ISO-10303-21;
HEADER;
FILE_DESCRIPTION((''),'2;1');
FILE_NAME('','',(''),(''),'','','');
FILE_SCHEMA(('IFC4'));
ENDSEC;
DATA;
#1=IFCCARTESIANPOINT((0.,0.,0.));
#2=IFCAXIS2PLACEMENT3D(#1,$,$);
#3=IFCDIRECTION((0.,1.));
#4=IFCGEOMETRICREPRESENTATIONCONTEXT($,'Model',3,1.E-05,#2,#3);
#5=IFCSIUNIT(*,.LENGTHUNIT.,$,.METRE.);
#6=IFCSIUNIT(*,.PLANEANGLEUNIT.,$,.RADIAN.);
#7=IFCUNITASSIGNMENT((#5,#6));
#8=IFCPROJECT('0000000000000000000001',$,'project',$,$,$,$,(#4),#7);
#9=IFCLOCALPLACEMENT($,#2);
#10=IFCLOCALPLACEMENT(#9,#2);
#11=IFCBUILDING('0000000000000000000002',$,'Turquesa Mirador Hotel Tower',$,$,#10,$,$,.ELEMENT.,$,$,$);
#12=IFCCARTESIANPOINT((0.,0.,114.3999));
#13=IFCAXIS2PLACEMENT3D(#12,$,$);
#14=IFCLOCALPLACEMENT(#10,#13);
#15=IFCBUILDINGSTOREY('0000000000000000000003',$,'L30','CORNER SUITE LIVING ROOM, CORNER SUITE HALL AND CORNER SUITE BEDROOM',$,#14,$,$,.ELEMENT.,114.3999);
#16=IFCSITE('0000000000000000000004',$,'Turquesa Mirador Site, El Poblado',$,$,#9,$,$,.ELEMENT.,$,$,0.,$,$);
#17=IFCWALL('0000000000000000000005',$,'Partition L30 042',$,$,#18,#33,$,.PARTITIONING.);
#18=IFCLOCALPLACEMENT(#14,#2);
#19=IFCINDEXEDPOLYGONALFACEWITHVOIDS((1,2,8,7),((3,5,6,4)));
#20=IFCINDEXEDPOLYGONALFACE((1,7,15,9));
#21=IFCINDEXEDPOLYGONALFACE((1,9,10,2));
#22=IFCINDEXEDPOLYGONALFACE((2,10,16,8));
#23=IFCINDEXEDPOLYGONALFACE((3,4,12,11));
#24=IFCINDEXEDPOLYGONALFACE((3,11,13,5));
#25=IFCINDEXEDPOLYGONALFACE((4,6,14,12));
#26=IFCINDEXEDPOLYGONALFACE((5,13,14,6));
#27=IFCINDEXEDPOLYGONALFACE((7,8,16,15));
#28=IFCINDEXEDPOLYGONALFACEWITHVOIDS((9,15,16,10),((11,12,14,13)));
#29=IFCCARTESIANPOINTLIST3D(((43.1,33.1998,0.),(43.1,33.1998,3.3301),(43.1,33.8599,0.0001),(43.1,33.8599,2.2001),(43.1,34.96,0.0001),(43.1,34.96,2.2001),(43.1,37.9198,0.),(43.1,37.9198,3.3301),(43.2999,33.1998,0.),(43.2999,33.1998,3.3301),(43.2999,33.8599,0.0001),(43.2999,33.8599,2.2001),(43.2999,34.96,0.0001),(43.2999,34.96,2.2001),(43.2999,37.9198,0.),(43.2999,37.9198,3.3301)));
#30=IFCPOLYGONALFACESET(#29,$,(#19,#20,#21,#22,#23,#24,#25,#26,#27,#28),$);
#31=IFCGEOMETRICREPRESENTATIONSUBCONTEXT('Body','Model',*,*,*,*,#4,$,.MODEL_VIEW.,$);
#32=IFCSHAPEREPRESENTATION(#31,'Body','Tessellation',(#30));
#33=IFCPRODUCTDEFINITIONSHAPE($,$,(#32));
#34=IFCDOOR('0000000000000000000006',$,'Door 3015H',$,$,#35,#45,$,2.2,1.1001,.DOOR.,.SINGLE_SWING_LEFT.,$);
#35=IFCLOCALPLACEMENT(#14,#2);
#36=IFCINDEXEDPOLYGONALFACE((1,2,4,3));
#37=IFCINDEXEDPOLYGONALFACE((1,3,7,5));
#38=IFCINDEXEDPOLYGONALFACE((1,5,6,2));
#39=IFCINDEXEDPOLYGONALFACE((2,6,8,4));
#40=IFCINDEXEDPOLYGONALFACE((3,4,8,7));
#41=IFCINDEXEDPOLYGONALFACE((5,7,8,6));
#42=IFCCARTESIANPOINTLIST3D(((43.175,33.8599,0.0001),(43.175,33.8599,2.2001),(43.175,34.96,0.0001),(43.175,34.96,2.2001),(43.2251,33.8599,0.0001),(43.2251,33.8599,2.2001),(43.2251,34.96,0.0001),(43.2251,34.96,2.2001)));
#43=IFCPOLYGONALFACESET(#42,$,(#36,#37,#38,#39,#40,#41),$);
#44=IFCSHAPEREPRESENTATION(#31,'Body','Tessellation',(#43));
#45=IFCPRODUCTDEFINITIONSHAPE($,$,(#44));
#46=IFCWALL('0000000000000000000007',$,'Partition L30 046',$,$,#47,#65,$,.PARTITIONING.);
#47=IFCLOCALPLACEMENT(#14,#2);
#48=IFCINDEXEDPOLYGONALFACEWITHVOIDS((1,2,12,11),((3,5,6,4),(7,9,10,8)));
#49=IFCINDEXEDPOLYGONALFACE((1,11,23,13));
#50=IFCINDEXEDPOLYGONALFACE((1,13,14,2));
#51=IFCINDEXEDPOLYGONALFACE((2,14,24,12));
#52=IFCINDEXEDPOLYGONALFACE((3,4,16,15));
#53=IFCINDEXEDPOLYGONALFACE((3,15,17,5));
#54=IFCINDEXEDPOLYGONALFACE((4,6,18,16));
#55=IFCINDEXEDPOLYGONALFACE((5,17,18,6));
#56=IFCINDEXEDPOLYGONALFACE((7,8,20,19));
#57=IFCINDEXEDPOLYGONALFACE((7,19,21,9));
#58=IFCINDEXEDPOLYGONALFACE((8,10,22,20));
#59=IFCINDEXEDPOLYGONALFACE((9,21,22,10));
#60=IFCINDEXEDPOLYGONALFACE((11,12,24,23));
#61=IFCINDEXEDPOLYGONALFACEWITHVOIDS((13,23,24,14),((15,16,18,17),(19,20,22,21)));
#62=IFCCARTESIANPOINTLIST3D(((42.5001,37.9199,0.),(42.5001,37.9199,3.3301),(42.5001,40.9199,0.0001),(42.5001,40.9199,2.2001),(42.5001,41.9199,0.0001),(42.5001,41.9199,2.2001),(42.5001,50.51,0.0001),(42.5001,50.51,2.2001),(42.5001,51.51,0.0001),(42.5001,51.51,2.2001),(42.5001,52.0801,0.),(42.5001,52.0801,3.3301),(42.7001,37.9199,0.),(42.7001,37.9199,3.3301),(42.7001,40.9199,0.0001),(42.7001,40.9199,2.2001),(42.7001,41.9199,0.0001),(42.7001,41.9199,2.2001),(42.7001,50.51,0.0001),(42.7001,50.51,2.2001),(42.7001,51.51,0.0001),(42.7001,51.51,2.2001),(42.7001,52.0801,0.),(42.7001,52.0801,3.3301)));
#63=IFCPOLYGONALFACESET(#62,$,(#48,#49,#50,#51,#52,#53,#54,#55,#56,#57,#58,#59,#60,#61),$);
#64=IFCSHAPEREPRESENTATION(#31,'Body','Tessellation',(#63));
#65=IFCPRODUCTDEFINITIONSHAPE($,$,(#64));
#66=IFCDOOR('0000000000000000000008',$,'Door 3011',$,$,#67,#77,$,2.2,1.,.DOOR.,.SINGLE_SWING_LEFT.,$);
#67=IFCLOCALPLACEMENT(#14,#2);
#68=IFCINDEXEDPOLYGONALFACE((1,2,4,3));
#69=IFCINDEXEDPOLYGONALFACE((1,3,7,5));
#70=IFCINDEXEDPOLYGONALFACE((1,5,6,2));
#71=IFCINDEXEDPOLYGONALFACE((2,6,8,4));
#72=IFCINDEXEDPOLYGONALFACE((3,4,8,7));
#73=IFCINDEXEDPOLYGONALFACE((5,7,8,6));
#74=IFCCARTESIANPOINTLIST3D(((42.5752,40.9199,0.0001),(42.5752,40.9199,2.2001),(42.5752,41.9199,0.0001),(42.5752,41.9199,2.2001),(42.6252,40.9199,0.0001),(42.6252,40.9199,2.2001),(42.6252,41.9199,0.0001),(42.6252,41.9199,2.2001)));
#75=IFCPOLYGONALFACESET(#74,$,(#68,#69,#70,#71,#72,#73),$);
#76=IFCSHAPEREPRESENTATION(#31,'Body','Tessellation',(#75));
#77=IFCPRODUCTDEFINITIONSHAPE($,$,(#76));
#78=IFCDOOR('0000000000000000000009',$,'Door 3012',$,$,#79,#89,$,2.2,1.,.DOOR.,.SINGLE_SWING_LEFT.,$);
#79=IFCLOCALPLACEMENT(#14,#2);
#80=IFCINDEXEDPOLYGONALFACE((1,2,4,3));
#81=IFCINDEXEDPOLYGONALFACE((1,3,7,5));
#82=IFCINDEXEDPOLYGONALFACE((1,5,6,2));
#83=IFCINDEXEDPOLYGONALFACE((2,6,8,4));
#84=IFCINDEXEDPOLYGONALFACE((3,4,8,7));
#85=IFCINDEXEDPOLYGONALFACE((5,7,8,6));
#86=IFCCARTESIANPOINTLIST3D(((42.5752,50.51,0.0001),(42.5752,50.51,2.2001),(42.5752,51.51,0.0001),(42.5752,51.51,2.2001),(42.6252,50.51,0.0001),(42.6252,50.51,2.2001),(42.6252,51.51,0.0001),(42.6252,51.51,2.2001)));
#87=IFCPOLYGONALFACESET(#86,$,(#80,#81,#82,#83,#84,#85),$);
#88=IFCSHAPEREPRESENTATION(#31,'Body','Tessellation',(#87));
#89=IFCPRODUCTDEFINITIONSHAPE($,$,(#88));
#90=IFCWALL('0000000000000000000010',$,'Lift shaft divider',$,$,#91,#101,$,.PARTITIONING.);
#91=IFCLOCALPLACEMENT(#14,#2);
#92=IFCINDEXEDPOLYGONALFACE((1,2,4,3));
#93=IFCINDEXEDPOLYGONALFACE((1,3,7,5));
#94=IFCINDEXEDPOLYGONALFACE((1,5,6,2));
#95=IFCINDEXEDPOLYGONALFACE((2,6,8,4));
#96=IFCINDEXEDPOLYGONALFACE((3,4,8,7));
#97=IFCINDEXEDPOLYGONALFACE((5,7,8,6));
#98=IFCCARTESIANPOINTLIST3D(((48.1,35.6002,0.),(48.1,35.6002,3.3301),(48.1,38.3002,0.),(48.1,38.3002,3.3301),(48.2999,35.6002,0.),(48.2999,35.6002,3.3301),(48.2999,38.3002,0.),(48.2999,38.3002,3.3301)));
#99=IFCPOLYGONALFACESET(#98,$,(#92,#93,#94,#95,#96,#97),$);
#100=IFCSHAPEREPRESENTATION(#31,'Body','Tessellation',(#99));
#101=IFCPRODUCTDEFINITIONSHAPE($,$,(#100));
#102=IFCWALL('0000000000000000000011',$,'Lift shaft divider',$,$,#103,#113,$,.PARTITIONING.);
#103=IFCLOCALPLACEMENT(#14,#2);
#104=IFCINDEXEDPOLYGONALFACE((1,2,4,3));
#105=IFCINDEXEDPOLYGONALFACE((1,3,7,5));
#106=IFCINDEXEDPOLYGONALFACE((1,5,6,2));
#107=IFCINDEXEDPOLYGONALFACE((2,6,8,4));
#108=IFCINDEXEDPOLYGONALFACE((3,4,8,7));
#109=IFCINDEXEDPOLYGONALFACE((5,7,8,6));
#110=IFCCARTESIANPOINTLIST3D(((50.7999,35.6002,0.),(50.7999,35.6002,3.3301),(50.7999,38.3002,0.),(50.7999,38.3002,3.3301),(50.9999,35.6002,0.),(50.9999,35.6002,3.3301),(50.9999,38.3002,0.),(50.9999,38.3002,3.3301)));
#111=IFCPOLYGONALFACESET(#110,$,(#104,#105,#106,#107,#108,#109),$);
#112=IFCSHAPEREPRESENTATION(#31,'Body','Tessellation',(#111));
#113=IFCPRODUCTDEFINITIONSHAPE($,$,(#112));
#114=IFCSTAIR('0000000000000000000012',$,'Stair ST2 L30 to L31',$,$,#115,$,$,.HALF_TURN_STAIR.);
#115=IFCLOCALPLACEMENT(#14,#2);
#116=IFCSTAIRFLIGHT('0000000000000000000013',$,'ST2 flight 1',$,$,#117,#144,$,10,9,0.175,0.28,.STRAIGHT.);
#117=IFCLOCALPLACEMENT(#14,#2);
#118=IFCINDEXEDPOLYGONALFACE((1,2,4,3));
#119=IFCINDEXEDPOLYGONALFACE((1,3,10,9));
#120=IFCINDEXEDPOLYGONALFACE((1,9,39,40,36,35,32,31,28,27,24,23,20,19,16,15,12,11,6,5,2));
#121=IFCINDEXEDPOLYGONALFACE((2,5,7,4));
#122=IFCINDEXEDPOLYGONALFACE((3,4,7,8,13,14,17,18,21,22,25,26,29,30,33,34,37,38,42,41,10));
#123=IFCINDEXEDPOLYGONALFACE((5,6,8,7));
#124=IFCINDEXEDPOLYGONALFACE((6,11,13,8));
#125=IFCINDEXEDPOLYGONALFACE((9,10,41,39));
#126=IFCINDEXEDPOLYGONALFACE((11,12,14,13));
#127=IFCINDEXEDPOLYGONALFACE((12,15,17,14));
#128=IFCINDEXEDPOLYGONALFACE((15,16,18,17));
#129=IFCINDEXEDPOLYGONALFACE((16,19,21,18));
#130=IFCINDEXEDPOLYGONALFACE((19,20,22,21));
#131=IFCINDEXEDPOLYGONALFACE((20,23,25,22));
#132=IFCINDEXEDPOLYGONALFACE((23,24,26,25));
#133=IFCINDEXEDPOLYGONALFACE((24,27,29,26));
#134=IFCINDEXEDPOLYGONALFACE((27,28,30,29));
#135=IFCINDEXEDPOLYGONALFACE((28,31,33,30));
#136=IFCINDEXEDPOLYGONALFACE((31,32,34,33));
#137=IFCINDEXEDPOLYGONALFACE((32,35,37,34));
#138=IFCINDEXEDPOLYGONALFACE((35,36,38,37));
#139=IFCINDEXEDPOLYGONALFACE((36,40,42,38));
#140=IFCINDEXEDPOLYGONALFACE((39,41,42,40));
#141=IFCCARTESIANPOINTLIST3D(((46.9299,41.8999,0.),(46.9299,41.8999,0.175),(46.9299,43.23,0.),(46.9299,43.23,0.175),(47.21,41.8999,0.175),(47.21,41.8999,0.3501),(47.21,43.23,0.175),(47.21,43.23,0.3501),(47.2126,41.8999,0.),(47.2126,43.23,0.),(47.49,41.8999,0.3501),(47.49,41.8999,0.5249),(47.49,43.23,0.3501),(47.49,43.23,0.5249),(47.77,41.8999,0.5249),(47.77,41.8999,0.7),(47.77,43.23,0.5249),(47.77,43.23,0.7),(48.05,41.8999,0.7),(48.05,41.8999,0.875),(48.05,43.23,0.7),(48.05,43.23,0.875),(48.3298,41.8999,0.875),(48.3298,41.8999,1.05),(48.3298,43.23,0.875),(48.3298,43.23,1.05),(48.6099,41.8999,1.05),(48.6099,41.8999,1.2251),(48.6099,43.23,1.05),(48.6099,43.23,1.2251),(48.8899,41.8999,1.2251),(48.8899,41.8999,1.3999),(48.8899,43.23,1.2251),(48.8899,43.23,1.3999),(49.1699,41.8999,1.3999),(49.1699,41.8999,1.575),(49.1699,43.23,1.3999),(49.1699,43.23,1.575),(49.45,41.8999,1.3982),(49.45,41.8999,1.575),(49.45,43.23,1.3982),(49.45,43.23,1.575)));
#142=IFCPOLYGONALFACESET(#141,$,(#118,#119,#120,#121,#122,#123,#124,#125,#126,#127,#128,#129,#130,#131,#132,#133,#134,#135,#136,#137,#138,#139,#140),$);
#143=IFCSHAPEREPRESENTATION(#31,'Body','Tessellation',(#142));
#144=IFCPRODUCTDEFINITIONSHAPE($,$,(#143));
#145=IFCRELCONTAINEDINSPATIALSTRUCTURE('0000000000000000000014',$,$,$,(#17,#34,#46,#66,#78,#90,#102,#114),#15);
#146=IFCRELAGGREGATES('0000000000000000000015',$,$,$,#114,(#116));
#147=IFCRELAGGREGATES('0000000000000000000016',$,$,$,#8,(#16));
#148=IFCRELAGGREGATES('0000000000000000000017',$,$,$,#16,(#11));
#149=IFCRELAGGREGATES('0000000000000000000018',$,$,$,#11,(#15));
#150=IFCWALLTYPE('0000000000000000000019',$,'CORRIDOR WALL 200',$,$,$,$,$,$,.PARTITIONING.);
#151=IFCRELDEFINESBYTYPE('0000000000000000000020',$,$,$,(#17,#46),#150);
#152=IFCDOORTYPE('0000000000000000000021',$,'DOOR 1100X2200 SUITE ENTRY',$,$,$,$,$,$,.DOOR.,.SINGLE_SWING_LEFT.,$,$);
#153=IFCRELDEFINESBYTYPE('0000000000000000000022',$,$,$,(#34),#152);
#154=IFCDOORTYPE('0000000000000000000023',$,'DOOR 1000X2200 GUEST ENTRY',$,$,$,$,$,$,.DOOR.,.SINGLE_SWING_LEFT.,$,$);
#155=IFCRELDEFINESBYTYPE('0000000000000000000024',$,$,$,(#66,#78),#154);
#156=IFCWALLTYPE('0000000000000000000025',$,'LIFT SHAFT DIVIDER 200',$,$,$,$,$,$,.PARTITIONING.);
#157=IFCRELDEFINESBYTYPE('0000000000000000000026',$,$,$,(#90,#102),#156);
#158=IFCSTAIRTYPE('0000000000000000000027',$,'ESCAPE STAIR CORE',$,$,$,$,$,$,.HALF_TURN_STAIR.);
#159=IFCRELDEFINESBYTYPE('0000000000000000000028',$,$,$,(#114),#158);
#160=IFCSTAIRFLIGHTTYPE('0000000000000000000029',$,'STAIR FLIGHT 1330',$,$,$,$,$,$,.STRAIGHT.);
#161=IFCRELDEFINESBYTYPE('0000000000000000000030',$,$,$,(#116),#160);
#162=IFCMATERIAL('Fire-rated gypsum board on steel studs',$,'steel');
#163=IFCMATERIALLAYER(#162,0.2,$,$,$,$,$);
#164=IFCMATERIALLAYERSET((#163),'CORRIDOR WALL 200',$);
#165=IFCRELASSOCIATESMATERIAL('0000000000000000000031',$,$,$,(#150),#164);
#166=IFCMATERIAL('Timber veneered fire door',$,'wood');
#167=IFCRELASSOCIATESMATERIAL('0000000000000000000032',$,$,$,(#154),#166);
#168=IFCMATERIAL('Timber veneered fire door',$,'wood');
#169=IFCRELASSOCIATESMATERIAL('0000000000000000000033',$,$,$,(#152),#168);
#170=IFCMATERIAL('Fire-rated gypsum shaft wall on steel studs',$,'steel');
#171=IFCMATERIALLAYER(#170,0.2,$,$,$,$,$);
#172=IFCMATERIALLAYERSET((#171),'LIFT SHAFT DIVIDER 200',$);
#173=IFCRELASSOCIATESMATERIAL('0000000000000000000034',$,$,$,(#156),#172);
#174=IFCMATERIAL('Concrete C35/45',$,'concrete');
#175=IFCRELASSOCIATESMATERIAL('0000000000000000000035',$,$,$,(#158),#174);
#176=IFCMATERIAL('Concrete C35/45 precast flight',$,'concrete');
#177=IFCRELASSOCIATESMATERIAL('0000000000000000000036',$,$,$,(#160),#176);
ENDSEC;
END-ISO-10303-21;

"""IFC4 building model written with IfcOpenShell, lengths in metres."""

from ifc_helpers import new_model, si_unit, direction, frame, frame_2d, origin, place, context, subcontext, project, spatial, polyline, rectangle, outline, extrude, material, layer, layer_set, type_object, element, fill, aggregate, save


model = new_model("IFC4")

# Units and contexts
model_context = context("Model", 3, precision=1e-05, world=origin(), true_north=direction((0.0, 1.0)))
body_context = subcontext(model_context, "Body", "Model", "MODEL_VIEW")
ifc_project = project(units=[si_unit("LENGTHUNIT", "METRE"), si_unit("PLANEANGLEUNIT", "RADIAN")], contexts=[model_context])

# Site, building, storey
site_placement = place(None, origin())
site = spatial("IfcSite", under=ifc_project, at=site_placement, Name="Turquesa Mirador Site, El Poblado", CompositionType="ELEMENT", RefElevation=0.0)
building_placement = place(site_placement, origin())
building = spatial("IfcBuilding", under=site, at=building_placement, Name="Turquesa Mirador Hotel Tower", CompositionType="ELEMENT")
storey_placement = place(building_placement, frame((0.0, 0.0, 114.3999)))
storey = spatial("IfcBuildingStorey", under=building, at=storey_placement, Name="L30", Description="CORNER SUITE LIVING ROOM, CORNER SUITE HALL AND CORNER SUITE BEDROOM", CompositionType="ELEMENT", Elevation=114.3999)

# Shared definitions
ifc_material_1 = material(Name="Fire-rated gypsum board on steel studs", Category="steel")
ifc_layer_1 = layer(ifc_material_1, 0.2)
ifc_layer_set_1 = layer_set([ifc_layer_1], Name="CORRIDOR WALL 200")
wall_type_1 = type_object("IfcWallType", Name="CORRIDOR WALL 200", PredefinedType="PARTITIONING", material=ifc_layer_set_1)
ifc_material_2 = material(Name="Timber veneered fire door", Category="wood")
door_type_1 = type_object("IfcDoorType", Name="DOOR 1000X2200 GUEST ENTRY", OperationType="SINGLE_SWING_LEFT", PredefinedType="DOOR", material=ifc_material_2)
ifc_material_3 = material(Name="Timber veneered fire door", Category="wood")
door_type_2 = type_object("IfcDoorType", Name="DOOR 1100X2200 SUITE ENTRY", OperationType="SINGLE_SWING_LEFT", PredefinedType="DOOR", material=ifc_material_3)

# Wall, opening, door
wall_1_placement = place(storey_placement, frame((43.2, 33.2, 0.0), z_axis=(0.0, 0.0, 1.0), x_axis=(0.0, 1.0, 0.0)))
wall_1 = element("IfcWall", 1, at=wall_1_placement, inside=storey, type_object=wall_type_1, Name="Partition L30 042", PredefinedType="PARTITIONING", context=body_context, shape_type="SweptSolid", body=[
    extrude(rectangle(XDim=4.72, YDim=0.2, at=frame_2d((2.3599, 0.0))), origin(), (0.0, 0.0, 1.0), 3.3301),
])
opening_1_placement = place(wall_1_placement, frame((0.6599, 0.0, 0.0)))
opening_1 = element("IfcOpeningElement", 2, at=opening_1_placement, cuts=wall_1, PredefinedType="OPENING", context=body_context, shape_type="SweptSolid", body=[
    extrude(rectangle(XDim=1.1001, YDim=2.2, at=frame_2d((0.55, 1.1001))), frame((0.0, 0.1099, 0.0), z_axis=(0.0, -1.0, 0.0), x_axis=(1.0, 0.0, 0.0)), (0.0, 0.0, 1.0), 0.22),
])
door_1_placement = place(opening_1_placement, origin())
door_1 = element("IfcDoor", 3, at=door_1_placement, inside=storey, type_object=door_type_2, Name="Door 3015H", OperationType="SINGLE_SWING_LEFT", OverallHeight=2.2, OverallWidth=1.1001, PredefinedType="DOOR", context=body_context, shape_type="SweptSolid", body=[
    extrude(rectangle(XDim=1.1001, YDim=2.2, at=frame_2d((0.55, 1.1001))), frame((0.0, 0.0249, 0.0), z_axis=(0.0, -1.0, 0.0), x_axis=(1.0, 0.0, 0.0)), (0.0, 0.0, 1.0), 0.05),
])
fill(opening_1, door_1)

# Wall, openings, doors
wall_2_placement = place(storey_placement, frame((42.6001, 37.9199, 0.0), z_axis=(0.0, 0.0, 1.0), x_axis=(0.0, 1.0, 0.0)))
wall_2 = element("IfcWall", 4, at=wall_2_placement, inside=storey, type_object=wall_type_1, Name="Partition L30 046", PredefinedType="PARTITIONING", context=body_context, shape_type="SweptSolid", body=[
    extrude(rectangle(XDim=14.1602, YDim=0.2, at=frame_2d((7.0801, 0.0))), origin(), (0.0, 0.0, 1.0), 3.3301),
])
opening_2_placement = place(wall_2_placement, frame((3.0, 0.0, 0.0)))
opening_2 = element("IfcOpeningElement", 5, at=opening_2_placement, cuts=wall_2, PredefinedType="OPENING", context=body_context, shape_type="SweptSolid", body=[
    extrude(rectangle(XDim=1.0, YDim=2.2, at=frame_2d((0.5, 1.1001))), frame((0.0, 0.1099, 0.0), z_axis=(0.0, -1.0, 0.0), x_axis=(1.0, 0.0, 0.0)), (0.0, 0.0, 1.0), 0.22),
])
opening_3_placement = place(wall_2_placement, frame((12.5901, 0.0, 0.0)))
opening_3 = element("IfcOpeningElement", 6, at=opening_3_placement, cuts=wall_2, PredefinedType="OPENING", context=body_context, shape_type="SweptSolid", body=[
    extrude(rectangle(XDim=1.0, YDim=2.2, at=frame_2d((0.5, 1.1001))), frame((0.0, 0.1099, 0.0), z_axis=(0.0, -1.0, 0.0), x_axis=(1.0, 0.0, 0.0)), (0.0, 0.0, 1.0), 0.22),
])
door_2_placement = place(opening_2_placement, origin())
door_2 = element("IfcDoor", 7, at=door_2_placement, inside=storey, type_object=door_type_1, Name="Door 3011", OperationType="SINGLE_SWING_LEFT", OverallHeight=2.2, OverallWidth=1.0, PredefinedType="DOOR", context=body_context, shape_type="SweptSolid", body=[
    extrude(rectangle(XDim=1.0, YDim=2.2, at=frame_2d((0.5, 1.1001))), frame((0.0, 0.0249, 0.0), z_axis=(0.0, -1.0, 0.0), x_axis=(1.0, 0.0, 0.0)), (0.0, 0.0, 1.0), 0.05),
])
fill(opening_2, door_2)
door_3_placement = place(opening_3_placement, origin())
door_3 = element("IfcDoor", 8, at=door_3_placement, inside=storey, type_object=door_type_1, Name="Door 3012", OperationType="SINGLE_SWING_LEFT", OverallHeight=2.2, OverallWidth=1.0, PredefinedType="DOOR", context=body_context, shape_type="SweptSolid", body=[
    extrude(rectangle(XDim=1.0, YDim=2.2, at=frame_2d((0.5, 1.1001))), frame((0.0, 0.0249, 0.0), z_axis=(0.0, -1.0, 0.0), x_axis=(1.0, 0.0, 0.0)), (0.0, 0.0, 1.0), 0.05),
])
fill(opening_3, door_3)

# Walls
ifc_material_4 = material(Name="Fire-rated gypsum shaft wall on steel studs", Category="steel")
ifc_layer_2 = layer(ifc_material_4, 0.2)
ifc_layer_set_2 = layer_set([ifc_layer_2], Name="LIFT SHAFT DIVIDER 200")
wall_type_2 = type_object("IfcWallType", Name="LIFT SHAFT DIVIDER 200", PredefinedType="PARTITIONING", material=ifc_layer_set_2)
for number, where, z_axis, x_axis, name in (
    (9, (48.2, 35.6001, 0.0), (0.0, 0.0, 1.0), (0.0, 1.0, 0.0), "Lift shaft divider"),
    (10, (50.8999, 35.6001, 0.0), (0.0, 0.0, 1.0), (0.0, 1.0, 0.0), "Lift shaft divider"),
):
    element("IfcWall", number, at=place(storey_placement, frame(where, z_axis=z_axis, x_axis=x_axis)), inside=storey, type_object=wall_type_2, Name=name, PredefinedType="PARTITIONING", context=body_context, shape_type="SweptSolid", body=[
        extrude(rectangle(XDim=2.7, YDim=0.2, at=frame_2d((1.3501, 0.0))), origin(), (0.0, 0.0, 1.0), 3.3301),
    ])

# Stair, stair flight
ifc_material_5 = material(Name="Concrete C35/45", Category="concrete")
stair_type = type_object("IfcStairType", Name="ESCAPE STAIR CORE", PredefinedType="HALF_TURN_STAIR", material=ifc_material_5)
stair_placement = place(storey_placement, origin())
stair = element("IfcStair", 11, at=stair_placement, inside=storey, type_object=stair_type, Name="Stair ST2 L30 to L31", PredefinedType="HALF_TURN_STAIR")
ifc_material_6 = material(Name="Concrete C35/45 precast flight", Category="concrete")
stair_flight_type = type_object("IfcStairFlightType", Name="STAIR FLIGHT 1330", PredefinedType="STRAIGHT", material=ifc_material_6)
stair_flight_placement = place(storey_placement, frame((46.9299, 42.5649, 0.0), z_axis=(0.0, 0.0, 1.0), x_axis=(1.0, 0.0, 0.0)))
stair_flight = element("IfcStairFlight", 12, at=stair_flight_placement, type_object=stair_flight_type, Name="ST2 flight 1", NumberOfRisers=10, NumberOfTreads=9, PredefinedType="STRAIGHT", RiserHeight=0.175, TreadLength=0.28, context=body_context, shape_type="SweptSolid", body=[
    extrude(outline(polyline([(0.0, 0.0), (0.0, 0.175), (0.28, 0.175), (0.28, 0.3501), (0.5601, 0.3501), (0.5601, 0.5249), (0.8401, 0.5249), (0.8401, 0.7), (1.1201, 0.7), (1.1201, 0.875), (1.3999, 0.875), (1.3999, 1.05), (1.6799, 1.05), (1.6799, 1.2251), (1.96, 1.2251), (1.96, 1.3999), (2.24, 1.3999), (2.24, 1.575), (2.52, 1.575), (2.52, 1.75), (2.52, 1.3982), (0.2827, 0.0), (0.0, 0.0)])), frame((0.0, 0.665, 0.0), z_axis=(0.0, -1.0, 0.0), x_axis=(1.0, 0.0, 0.0)), (0.0, 0.0, 1.0), 1.3301),
])
aggregate(stair, [stair_flight])

save(model, "model.ifc")
